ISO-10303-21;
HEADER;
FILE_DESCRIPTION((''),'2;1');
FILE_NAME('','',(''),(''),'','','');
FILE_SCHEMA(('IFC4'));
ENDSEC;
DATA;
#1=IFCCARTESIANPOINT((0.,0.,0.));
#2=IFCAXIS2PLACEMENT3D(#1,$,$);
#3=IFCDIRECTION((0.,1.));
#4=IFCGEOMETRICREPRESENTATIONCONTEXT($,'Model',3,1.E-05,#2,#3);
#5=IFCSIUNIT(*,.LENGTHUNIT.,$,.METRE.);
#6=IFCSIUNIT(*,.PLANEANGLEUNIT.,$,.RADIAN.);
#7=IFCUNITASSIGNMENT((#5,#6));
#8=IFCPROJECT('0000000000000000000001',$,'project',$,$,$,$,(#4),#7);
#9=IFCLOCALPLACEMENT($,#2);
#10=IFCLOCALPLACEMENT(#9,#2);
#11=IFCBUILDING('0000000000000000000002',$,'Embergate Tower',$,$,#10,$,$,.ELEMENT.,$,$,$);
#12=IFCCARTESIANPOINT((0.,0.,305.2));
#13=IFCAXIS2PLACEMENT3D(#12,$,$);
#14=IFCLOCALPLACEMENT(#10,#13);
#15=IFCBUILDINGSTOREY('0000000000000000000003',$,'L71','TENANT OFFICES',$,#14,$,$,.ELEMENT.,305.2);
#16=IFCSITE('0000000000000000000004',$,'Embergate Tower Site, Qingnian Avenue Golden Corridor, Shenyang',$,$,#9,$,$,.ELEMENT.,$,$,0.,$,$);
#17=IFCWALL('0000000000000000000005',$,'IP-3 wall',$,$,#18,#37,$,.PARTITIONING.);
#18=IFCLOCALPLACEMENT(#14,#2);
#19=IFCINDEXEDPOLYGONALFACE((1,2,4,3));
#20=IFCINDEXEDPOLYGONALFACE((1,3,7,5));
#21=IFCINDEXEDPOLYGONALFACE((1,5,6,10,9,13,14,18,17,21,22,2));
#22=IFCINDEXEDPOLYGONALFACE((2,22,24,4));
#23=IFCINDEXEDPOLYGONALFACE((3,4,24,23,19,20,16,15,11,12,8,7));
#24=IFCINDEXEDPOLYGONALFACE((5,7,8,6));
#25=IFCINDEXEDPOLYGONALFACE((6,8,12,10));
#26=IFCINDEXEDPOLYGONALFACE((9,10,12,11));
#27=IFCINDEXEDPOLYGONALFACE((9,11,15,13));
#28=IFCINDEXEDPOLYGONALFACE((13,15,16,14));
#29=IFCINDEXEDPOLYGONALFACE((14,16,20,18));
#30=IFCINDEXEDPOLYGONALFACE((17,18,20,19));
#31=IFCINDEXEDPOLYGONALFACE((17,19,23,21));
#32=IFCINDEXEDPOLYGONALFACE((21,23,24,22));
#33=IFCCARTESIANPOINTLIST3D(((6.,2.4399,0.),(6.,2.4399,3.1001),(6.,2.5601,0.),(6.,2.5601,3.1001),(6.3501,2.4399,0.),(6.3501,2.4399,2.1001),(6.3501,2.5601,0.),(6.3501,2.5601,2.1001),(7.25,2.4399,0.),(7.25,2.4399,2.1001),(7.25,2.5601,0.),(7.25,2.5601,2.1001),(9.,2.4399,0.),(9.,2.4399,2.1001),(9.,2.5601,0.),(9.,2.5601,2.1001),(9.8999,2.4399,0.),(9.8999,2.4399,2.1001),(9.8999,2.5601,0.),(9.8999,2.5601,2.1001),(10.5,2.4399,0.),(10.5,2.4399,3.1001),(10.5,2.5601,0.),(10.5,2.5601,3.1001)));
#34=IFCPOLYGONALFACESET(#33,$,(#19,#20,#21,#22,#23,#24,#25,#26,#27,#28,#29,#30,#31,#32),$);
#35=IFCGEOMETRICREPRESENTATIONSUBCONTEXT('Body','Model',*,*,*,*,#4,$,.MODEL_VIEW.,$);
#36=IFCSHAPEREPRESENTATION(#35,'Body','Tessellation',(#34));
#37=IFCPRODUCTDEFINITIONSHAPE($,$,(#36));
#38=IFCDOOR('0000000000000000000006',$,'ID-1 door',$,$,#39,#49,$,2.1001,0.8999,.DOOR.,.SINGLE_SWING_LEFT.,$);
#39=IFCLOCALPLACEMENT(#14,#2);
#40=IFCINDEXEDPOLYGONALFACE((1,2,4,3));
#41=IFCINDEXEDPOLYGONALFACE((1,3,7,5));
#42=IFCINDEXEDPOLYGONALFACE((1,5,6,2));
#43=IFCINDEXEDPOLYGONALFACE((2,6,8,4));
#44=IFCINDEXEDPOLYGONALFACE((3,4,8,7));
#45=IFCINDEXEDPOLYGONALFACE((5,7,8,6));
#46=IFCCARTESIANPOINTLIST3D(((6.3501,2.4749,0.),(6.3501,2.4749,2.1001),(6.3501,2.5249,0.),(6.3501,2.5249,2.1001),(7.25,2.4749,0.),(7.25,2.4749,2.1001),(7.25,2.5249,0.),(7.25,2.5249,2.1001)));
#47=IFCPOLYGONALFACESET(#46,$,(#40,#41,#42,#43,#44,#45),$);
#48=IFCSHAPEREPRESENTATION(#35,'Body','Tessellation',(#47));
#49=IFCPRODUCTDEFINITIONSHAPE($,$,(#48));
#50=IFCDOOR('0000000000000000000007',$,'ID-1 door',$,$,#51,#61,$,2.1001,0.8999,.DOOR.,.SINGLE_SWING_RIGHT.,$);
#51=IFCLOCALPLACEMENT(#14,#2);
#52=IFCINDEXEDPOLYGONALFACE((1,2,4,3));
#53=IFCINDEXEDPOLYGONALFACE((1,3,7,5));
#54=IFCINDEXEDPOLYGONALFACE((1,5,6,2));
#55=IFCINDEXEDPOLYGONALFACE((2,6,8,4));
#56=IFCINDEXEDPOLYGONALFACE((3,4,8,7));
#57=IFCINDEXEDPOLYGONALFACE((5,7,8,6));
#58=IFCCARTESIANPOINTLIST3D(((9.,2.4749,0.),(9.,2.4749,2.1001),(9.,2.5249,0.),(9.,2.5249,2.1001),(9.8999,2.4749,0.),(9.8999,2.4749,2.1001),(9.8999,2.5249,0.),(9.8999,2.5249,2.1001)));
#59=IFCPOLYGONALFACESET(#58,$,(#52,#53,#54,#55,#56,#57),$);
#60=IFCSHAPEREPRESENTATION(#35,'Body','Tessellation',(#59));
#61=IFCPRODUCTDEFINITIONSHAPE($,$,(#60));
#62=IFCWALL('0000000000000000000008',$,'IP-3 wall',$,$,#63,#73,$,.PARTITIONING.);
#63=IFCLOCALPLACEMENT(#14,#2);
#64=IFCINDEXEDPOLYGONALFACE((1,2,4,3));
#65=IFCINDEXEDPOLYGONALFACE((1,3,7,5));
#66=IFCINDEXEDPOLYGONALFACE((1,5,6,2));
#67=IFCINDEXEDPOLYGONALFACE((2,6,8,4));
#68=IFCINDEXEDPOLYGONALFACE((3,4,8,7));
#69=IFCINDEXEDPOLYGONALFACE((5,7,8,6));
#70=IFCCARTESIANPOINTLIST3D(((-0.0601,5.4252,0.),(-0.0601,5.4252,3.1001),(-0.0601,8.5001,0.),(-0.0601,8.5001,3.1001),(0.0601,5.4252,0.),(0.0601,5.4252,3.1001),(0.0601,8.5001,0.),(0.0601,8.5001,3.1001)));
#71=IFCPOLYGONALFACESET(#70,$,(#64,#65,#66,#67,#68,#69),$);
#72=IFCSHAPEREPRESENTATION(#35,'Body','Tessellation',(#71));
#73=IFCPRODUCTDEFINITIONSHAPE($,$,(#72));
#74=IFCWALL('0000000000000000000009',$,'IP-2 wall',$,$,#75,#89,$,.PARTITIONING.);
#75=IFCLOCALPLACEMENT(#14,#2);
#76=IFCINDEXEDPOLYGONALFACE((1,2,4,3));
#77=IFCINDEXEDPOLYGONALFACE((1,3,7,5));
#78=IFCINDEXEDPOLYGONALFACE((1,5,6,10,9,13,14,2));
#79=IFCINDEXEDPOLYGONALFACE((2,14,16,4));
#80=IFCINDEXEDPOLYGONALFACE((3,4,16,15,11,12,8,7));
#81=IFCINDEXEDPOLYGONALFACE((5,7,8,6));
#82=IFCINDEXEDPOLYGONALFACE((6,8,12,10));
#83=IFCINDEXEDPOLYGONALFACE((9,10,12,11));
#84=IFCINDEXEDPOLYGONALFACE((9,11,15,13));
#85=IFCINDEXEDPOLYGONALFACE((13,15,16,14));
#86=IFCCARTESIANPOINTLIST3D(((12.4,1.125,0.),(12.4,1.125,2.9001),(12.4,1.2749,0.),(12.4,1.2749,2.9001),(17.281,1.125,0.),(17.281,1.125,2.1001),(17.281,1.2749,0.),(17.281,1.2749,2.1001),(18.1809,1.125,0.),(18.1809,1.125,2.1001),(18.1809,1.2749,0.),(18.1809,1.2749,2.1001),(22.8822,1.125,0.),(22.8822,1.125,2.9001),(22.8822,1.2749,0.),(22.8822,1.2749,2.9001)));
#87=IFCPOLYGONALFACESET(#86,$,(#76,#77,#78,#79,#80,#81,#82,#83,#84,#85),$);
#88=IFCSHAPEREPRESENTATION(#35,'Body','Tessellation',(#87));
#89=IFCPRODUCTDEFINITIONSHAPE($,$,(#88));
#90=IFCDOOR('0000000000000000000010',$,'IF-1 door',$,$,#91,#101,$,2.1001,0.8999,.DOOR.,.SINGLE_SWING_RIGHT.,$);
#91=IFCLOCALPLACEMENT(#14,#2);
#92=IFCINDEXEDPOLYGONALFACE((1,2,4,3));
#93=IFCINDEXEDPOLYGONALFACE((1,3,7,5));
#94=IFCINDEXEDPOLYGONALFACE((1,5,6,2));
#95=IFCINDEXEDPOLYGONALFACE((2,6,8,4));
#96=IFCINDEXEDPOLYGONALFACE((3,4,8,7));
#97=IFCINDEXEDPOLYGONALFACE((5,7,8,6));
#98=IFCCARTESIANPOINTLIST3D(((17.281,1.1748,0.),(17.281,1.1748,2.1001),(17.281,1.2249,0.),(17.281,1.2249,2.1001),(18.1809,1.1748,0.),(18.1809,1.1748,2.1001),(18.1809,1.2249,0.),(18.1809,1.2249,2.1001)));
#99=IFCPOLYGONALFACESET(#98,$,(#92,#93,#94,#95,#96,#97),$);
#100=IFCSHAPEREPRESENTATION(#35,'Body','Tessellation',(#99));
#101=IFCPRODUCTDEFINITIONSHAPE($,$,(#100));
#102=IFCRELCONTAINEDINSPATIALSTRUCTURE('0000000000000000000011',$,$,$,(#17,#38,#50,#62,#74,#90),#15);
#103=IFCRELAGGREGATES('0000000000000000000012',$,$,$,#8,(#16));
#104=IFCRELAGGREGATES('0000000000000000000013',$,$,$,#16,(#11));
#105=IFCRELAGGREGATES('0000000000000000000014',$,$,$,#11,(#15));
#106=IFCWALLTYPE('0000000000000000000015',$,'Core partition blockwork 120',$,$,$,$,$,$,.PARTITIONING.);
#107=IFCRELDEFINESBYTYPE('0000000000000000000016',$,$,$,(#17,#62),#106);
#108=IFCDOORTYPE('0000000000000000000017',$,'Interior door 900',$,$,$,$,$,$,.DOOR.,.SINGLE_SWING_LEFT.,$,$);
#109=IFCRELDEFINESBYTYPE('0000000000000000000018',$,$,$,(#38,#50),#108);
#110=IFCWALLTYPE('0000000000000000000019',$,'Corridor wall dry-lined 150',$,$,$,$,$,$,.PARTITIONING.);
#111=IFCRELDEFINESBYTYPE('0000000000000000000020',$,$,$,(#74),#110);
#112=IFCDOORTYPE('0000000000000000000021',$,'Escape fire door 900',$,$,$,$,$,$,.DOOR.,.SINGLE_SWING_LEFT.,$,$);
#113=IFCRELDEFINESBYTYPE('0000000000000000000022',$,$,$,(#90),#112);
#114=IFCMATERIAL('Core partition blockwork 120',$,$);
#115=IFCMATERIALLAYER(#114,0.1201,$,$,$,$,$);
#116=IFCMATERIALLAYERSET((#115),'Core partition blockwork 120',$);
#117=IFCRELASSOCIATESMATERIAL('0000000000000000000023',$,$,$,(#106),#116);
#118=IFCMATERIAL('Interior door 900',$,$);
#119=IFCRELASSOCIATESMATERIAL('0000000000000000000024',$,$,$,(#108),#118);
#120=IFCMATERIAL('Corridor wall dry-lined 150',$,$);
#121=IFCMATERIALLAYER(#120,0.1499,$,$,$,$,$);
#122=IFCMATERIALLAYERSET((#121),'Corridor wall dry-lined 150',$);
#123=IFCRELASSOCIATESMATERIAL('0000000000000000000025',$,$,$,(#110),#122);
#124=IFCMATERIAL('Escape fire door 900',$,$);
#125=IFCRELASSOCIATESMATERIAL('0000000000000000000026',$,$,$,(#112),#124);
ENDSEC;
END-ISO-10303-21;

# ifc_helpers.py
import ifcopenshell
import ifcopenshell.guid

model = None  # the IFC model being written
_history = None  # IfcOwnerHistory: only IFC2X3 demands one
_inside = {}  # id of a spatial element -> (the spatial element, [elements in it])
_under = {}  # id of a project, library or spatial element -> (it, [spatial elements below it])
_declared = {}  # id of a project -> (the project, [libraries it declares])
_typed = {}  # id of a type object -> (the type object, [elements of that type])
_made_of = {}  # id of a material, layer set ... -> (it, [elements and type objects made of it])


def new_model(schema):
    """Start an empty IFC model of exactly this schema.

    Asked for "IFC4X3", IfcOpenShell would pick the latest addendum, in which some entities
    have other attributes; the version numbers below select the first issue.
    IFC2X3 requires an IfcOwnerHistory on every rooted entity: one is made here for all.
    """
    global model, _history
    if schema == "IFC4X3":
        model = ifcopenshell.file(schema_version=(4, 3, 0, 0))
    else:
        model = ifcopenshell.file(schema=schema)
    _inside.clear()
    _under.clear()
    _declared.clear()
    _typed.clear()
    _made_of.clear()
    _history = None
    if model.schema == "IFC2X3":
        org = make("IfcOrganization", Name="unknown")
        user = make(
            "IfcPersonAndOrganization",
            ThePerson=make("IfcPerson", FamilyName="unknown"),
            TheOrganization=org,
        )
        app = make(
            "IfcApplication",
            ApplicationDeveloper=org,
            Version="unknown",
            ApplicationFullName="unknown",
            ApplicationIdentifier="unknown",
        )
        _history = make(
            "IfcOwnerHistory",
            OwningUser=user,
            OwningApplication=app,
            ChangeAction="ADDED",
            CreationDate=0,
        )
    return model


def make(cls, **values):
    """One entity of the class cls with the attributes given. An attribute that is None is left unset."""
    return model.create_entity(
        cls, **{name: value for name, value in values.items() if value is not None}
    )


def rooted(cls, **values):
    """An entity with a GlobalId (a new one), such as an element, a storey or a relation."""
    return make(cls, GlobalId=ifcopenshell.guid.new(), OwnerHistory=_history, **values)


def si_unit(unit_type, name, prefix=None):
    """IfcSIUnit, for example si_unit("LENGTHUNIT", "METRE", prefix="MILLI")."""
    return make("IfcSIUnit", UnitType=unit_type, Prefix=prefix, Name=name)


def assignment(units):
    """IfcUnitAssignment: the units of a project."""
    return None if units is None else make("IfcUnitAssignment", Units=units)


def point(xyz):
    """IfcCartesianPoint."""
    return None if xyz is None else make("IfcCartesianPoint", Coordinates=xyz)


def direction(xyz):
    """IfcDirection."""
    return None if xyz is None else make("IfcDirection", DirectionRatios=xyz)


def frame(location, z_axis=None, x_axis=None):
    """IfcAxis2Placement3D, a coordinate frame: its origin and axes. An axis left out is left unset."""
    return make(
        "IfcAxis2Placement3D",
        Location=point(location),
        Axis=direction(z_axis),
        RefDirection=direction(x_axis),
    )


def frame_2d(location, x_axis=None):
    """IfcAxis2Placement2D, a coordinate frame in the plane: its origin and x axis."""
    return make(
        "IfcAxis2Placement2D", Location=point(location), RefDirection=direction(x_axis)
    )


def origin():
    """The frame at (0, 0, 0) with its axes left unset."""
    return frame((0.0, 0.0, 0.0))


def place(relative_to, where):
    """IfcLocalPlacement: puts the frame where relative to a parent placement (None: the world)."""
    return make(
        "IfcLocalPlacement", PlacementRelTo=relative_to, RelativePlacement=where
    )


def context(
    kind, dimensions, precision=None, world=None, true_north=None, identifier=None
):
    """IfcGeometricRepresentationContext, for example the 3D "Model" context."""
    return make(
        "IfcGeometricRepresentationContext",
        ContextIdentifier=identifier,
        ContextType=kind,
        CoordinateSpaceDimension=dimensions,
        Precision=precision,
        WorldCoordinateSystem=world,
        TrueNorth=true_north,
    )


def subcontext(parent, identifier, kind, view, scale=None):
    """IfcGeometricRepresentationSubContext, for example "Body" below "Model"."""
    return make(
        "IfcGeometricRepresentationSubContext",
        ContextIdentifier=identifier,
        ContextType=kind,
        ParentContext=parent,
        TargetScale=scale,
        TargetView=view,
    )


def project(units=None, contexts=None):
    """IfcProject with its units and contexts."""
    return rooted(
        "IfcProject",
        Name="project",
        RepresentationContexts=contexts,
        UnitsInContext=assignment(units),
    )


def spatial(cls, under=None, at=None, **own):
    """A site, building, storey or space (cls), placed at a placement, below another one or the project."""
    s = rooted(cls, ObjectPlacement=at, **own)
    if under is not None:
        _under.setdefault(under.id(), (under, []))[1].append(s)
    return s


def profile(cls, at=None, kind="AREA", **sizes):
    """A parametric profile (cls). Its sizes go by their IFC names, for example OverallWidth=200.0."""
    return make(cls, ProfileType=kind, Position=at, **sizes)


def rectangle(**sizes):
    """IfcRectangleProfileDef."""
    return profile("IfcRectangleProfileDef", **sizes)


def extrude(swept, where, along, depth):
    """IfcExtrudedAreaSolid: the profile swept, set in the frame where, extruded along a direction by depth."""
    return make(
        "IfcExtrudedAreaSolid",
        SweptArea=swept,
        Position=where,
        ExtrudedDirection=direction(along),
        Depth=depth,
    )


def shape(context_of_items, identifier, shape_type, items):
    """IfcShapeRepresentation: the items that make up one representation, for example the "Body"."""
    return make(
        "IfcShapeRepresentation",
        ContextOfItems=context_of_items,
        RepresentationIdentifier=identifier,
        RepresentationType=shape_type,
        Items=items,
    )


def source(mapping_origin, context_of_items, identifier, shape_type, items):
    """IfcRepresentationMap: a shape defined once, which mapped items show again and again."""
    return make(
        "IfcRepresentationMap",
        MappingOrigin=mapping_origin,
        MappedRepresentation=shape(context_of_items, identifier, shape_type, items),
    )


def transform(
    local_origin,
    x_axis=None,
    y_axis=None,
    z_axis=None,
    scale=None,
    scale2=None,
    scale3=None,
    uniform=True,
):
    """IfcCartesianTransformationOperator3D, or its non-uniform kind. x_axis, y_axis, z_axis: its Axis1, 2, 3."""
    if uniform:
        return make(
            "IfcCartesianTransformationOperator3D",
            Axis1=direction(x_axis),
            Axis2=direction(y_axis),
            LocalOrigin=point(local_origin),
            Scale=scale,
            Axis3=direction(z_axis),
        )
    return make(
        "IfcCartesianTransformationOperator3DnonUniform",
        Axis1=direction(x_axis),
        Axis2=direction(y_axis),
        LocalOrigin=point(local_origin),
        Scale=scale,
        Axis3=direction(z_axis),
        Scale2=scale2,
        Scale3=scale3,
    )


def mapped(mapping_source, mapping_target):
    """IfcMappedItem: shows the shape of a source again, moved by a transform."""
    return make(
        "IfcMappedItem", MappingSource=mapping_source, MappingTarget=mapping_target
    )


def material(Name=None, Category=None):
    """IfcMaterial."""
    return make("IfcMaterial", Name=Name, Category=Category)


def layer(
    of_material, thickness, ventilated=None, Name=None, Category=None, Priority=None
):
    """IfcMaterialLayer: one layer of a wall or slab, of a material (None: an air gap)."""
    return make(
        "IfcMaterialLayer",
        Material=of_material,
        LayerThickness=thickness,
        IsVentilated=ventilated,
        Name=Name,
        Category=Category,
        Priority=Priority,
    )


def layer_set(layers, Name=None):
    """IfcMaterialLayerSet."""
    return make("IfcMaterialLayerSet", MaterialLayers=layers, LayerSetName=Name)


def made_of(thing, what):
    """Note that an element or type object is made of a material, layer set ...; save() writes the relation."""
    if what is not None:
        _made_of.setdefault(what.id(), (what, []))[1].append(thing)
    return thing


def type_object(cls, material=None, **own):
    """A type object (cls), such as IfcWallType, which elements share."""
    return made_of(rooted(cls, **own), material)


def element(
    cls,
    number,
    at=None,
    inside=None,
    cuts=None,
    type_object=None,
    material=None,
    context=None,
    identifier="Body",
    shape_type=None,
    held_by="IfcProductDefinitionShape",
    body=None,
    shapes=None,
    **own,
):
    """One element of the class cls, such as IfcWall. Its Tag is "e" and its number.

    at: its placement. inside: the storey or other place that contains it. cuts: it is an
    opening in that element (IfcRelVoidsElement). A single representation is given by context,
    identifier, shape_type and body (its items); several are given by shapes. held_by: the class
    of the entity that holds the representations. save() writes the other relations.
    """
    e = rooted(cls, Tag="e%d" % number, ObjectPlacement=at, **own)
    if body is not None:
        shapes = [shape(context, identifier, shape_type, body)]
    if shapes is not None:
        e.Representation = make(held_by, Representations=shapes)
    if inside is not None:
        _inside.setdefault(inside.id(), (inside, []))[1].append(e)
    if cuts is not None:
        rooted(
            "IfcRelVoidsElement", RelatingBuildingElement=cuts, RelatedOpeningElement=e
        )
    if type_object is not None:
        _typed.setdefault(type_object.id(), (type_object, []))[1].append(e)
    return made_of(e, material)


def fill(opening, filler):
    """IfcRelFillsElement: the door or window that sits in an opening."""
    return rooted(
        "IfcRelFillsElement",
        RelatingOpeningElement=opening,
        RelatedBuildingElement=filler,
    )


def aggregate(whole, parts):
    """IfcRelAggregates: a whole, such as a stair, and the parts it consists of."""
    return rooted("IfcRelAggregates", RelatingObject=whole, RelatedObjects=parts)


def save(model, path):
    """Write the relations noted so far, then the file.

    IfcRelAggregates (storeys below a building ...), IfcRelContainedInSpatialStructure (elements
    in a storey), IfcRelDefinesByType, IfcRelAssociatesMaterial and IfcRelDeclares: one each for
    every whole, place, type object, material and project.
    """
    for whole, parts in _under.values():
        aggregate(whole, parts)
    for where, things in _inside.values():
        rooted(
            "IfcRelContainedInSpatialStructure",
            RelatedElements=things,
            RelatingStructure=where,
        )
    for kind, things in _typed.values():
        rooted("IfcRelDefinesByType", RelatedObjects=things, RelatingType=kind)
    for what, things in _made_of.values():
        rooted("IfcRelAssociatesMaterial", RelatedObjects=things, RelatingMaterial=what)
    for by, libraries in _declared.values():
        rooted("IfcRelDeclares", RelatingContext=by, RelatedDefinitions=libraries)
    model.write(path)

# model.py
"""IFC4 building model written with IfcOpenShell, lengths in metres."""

from ifc_helpers import new_model, si_unit, direction, frame, frame_2d, origin, place, context, subcontext, project, spatial, rectangle, extrude, source, transform, mapped, material, layer, layer_set, type_object, element, fill, save


model = new_model("IFC4")

# Units and contexts
model_context = context("Model", 3, precision=1e-05, world=origin(), true_north=direction((0.0, 1.0)))
body_context = subcontext(model_context, "Body", "Model", "MODEL_VIEW")
ifc_project = project(units=[si_unit("LENGTHUNIT", "METRE"), si_unit("PLANEANGLEUNIT", "RADIAN")], contexts=[model_context])

# Site, building, storey
site_placement = place(None, origin())
site = spatial("IfcSite", under=ifc_project, at=site_placement, Name="Embergate Tower Site, Qingnian Avenue Golden Corridor, Shenyang", CompositionType="ELEMENT", RefElevation=0.0)
building_placement = place(site_placement, origin())
building = spatial("IfcBuilding", under=site, at=building_placement, Name="Embergate Tower", CompositionType="ELEMENT")
storey_placement = place(building_placement, frame((0.0, 0.0, 305.2)))
storey = spatial("IfcBuildingStorey", under=building, at=storey_placement, Name="L71", Description="TENANT OFFICES", CompositionType="ELEMENT", Elevation=305.2)

# Shared definitions
ifc_material_1 = material(Name="Core partition blockwork 120")
ifc_layer_1 = layer(ifc_material_1, 0.1201)
ifc_layer_set_1 = layer_set([ifc_layer_1], Name="Core partition blockwork 120")
wall_type_1 = type_object("IfcWallType", Name="Core partition blockwork 120", PredefinedType="PARTITIONING", material=ifc_layer_set_1)

# Wall, openings, doors
shared_shape_1 = source(origin(), body_context, "Body", "SweptSolid", [
    extrude(rectangle(XDim=4.5, YDim=0.1201, at=frame_2d((2.25, 0.0))), origin(), (0.0, 0.0, 1.0), 3.1001),
])
wall_1_placement = place(storey_placement, frame((6.0, 2.5, 0.0), z_axis=(0.0, 0.0, 1.0), x_axis=(1.0, 0.0, 0.0)))
wall_1 = element("IfcWall", 1, at=wall_1_placement, inside=storey, type_object=wall_type_1, Name="IP-3 wall", PredefinedType="PARTITIONING", context=body_context, shape_type="MappedRepresentation", body=[
    mapped(shared_shape_1, transform((0.0, 0.0, 0.0))),
])
shared_shape_2 = source(origin(), body_context, "Body", "SweptSolid", [
    extrude(rectangle(XDim=0.8999, YDim=2.1001, at=frame_2d((0.45, 1.05))), frame((0.0, 0.0701, 0.0), z_axis=(0.0, -1.0, 0.0), x_axis=(1.0, 0.0, 0.0)), (0.0, 0.0, 1.0), 0.1401),
])
opening_1_placement = place(wall_1_placement, frame((0.3501, 0.0, 0.0)))
opening_1 = element("IfcOpeningElement", 2, at=opening_1_placement, cuts=wall_1, PredefinedType="OPENING", context=body_context, shape_type="MappedRepresentation", body=[
    mapped(shared_shape_2, transform((0.0, 0.0, 0.0))),
])
opening_2_placement = place(wall_1_placement, frame((3.0, 0.0, 0.0)))
opening_2 = element("IfcOpeningElement", 3, at=opening_2_placement, cuts=wall_1, PredefinedType="OPENING", context=body_context, shape_type="MappedRepresentation", body=[
    mapped(shared_shape_2, transform((0.0, 0.0, 0.0))),
])
ifc_material_2 = material(Name="Interior door 900")
door_type_1 = type_object("IfcDoorType", Name="Interior door 900", OperationType="SINGLE_SWING_LEFT", PredefinedType="DOOR", material=ifc_material_2)
shared_shape_3 = source(origin(), body_context, "Body", "SweptSolid", [
    extrude(rectangle(XDim=0.8999, YDim=2.1001, at=frame_2d((0.45, 1.05))), frame((0.0, 0.0249, 0.0), z_axis=(0.0, -1.0, 0.0), x_axis=(1.0, 0.0, 0.0)), (0.0, 0.0, 1.0), 0.05),
])
door_1_placement = place(opening_1_placement, origin())
door_1 = element("IfcDoor", 4, at=door_1_placement, inside=storey, type_object=door_type_1, Name="ID-1 door", OperationType="SINGLE_SWING_LEFT", OverallHeight=2.1001, OverallWidth=0.8999, PredefinedType="DOOR", context=body_context, shape_type="MappedRepresentation", body=[
    mapped(shared_shape_3, transform((0.0, 0.0, 0.0))),
])
fill(opening_1, door_1)
door_2_placement = place(opening_2_placement, origin())
door_2 = element("IfcDoor", 5, at=door_2_placement, inside=storey, type_object=door_type_1, Name="ID-1 door", OperationType="SINGLE_SWING_RIGHT", OverallHeight=2.1001, OverallWidth=0.8999, PredefinedType="DOOR", context=body_context, shape_type="MappedRepresentation", body=[
    mapped(shared_shape_3, transform((0.0, 0.0, 0.0))),
])
fill(opening_2, door_2)

# Wall
shared_shape_4 = source(origin(), body_context, "Body", "SweptSolid", [
    extrude(rectangle(XDim=3.075, YDim=0.1201, at=frame_2d((1.5376, 0.0))), origin(), (0.0, 0.0, 1.0), 3.1001),
])
wall_2_placement = place(storey_placement, frame((0.0, 5.425, 0.0), z_axis=(0.0, 0.0, 1.0), x_axis=(0.0, 1.0, 0.0)))
element("IfcWall", 6, at=wall_2_placement, inside=storey, type_object=wall_type_1, Name="IP-3 wall", PredefinedType="PARTITIONING", context=body_context, shape_type="MappedRepresentation", body=[
    mapped(shared_shape_4, transform((0.0, 0.0, 0.0))),
])

# Wall, opening, door
ifc_material_3 = material(Name="Corridor wall dry-lined 150")
ifc_layer_2 = layer(ifc_material_3, 0.1499)
ifc_layer_set_2 = layer_set([ifc_layer_2], Name="Corridor wall dry-lined 150")
wall_type_2 = type_object("IfcWallType", Name="Corridor wall dry-lined 150", PredefinedType="PARTITIONING", material=ifc_layer_set_2)
shared_shape_5 = source(origin(), body_context, "Body", "SweptSolid", [
    extrude(rectangle(XDim=10.4822, YDim=0.1499, at=frame_2d((5.2412, 0.0))), origin(), (0.0, 0.0, 1.0), 2.9001),
])
wall_3_placement = place(storey_placement, frame((12.3999, 1.2, 0.0), z_axis=(0.0, 0.0, 1.0), x_axis=(1.0, 0.0, 0.0)))
wall_3 = element("IfcWall", 7, at=wall_3_placement, inside=storey, type_object=wall_type_2, Name="IP-2 wall", PredefinedType="PARTITIONING", context=body_context, shape_type="MappedRepresentation", body=[
    mapped(shared_shape_5, transform((0.0, 0.0, 0.0))),
])
shared_shape_6 = source(origin(), body_context, "Body", "SweptSolid", [
    extrude(rectangle(XDim=0.8999, YDim=2.1001, at=frame_2d((0.45, 1.05))), frame((0.0, 0.085, 0.0), z_axis=(0.0, -1.0, 0.0), x_axis=(1.0, 0.0, 0.0)), (0.0, 0.0, 1.0), 0.1699),
])
opening_3_placement = place(wall_3_placement, frame((4.8811, 0.0, 0.0)))
opening_3 = element("IfcOpeningElement", 8, at=opening_3_placement, cuts=wall_3, PredefinedType="OPENING", context=body_context, shape_type="MappedRepresentation", body=[
    mapped(shared_shape_6, transform((0.0, 0.0, 0.0))),
])
ifc_material_4 = material(Name="Escape fire door 900")
door_type_2 = type_object("IfcDoorType", Name="Escape fire door 900", OperationType="SINGLE_SWING_LEFT", PredefinedType="DOOR", material=ifc_material_4)
door_3_placement = place(opening_3_placement, origin())
door_3 = element("IfcDoor", 9, at=door_3_placement, inside=storey, type_object=door_type_2, Name="IF-1 door", OperationType="SINGLE_SWING_RIGHT", OverallHeight=2.1001, OverallWidth=0.8999, PredefinedType="DOOR", context=body_context, shape_type="MappedRepresentation", body=[
    mapped(shared_shape_3, transform((0.0, 0.0, 0.0))),
])
fill(opening_3, door_3)

save(model, "model.ifc")
